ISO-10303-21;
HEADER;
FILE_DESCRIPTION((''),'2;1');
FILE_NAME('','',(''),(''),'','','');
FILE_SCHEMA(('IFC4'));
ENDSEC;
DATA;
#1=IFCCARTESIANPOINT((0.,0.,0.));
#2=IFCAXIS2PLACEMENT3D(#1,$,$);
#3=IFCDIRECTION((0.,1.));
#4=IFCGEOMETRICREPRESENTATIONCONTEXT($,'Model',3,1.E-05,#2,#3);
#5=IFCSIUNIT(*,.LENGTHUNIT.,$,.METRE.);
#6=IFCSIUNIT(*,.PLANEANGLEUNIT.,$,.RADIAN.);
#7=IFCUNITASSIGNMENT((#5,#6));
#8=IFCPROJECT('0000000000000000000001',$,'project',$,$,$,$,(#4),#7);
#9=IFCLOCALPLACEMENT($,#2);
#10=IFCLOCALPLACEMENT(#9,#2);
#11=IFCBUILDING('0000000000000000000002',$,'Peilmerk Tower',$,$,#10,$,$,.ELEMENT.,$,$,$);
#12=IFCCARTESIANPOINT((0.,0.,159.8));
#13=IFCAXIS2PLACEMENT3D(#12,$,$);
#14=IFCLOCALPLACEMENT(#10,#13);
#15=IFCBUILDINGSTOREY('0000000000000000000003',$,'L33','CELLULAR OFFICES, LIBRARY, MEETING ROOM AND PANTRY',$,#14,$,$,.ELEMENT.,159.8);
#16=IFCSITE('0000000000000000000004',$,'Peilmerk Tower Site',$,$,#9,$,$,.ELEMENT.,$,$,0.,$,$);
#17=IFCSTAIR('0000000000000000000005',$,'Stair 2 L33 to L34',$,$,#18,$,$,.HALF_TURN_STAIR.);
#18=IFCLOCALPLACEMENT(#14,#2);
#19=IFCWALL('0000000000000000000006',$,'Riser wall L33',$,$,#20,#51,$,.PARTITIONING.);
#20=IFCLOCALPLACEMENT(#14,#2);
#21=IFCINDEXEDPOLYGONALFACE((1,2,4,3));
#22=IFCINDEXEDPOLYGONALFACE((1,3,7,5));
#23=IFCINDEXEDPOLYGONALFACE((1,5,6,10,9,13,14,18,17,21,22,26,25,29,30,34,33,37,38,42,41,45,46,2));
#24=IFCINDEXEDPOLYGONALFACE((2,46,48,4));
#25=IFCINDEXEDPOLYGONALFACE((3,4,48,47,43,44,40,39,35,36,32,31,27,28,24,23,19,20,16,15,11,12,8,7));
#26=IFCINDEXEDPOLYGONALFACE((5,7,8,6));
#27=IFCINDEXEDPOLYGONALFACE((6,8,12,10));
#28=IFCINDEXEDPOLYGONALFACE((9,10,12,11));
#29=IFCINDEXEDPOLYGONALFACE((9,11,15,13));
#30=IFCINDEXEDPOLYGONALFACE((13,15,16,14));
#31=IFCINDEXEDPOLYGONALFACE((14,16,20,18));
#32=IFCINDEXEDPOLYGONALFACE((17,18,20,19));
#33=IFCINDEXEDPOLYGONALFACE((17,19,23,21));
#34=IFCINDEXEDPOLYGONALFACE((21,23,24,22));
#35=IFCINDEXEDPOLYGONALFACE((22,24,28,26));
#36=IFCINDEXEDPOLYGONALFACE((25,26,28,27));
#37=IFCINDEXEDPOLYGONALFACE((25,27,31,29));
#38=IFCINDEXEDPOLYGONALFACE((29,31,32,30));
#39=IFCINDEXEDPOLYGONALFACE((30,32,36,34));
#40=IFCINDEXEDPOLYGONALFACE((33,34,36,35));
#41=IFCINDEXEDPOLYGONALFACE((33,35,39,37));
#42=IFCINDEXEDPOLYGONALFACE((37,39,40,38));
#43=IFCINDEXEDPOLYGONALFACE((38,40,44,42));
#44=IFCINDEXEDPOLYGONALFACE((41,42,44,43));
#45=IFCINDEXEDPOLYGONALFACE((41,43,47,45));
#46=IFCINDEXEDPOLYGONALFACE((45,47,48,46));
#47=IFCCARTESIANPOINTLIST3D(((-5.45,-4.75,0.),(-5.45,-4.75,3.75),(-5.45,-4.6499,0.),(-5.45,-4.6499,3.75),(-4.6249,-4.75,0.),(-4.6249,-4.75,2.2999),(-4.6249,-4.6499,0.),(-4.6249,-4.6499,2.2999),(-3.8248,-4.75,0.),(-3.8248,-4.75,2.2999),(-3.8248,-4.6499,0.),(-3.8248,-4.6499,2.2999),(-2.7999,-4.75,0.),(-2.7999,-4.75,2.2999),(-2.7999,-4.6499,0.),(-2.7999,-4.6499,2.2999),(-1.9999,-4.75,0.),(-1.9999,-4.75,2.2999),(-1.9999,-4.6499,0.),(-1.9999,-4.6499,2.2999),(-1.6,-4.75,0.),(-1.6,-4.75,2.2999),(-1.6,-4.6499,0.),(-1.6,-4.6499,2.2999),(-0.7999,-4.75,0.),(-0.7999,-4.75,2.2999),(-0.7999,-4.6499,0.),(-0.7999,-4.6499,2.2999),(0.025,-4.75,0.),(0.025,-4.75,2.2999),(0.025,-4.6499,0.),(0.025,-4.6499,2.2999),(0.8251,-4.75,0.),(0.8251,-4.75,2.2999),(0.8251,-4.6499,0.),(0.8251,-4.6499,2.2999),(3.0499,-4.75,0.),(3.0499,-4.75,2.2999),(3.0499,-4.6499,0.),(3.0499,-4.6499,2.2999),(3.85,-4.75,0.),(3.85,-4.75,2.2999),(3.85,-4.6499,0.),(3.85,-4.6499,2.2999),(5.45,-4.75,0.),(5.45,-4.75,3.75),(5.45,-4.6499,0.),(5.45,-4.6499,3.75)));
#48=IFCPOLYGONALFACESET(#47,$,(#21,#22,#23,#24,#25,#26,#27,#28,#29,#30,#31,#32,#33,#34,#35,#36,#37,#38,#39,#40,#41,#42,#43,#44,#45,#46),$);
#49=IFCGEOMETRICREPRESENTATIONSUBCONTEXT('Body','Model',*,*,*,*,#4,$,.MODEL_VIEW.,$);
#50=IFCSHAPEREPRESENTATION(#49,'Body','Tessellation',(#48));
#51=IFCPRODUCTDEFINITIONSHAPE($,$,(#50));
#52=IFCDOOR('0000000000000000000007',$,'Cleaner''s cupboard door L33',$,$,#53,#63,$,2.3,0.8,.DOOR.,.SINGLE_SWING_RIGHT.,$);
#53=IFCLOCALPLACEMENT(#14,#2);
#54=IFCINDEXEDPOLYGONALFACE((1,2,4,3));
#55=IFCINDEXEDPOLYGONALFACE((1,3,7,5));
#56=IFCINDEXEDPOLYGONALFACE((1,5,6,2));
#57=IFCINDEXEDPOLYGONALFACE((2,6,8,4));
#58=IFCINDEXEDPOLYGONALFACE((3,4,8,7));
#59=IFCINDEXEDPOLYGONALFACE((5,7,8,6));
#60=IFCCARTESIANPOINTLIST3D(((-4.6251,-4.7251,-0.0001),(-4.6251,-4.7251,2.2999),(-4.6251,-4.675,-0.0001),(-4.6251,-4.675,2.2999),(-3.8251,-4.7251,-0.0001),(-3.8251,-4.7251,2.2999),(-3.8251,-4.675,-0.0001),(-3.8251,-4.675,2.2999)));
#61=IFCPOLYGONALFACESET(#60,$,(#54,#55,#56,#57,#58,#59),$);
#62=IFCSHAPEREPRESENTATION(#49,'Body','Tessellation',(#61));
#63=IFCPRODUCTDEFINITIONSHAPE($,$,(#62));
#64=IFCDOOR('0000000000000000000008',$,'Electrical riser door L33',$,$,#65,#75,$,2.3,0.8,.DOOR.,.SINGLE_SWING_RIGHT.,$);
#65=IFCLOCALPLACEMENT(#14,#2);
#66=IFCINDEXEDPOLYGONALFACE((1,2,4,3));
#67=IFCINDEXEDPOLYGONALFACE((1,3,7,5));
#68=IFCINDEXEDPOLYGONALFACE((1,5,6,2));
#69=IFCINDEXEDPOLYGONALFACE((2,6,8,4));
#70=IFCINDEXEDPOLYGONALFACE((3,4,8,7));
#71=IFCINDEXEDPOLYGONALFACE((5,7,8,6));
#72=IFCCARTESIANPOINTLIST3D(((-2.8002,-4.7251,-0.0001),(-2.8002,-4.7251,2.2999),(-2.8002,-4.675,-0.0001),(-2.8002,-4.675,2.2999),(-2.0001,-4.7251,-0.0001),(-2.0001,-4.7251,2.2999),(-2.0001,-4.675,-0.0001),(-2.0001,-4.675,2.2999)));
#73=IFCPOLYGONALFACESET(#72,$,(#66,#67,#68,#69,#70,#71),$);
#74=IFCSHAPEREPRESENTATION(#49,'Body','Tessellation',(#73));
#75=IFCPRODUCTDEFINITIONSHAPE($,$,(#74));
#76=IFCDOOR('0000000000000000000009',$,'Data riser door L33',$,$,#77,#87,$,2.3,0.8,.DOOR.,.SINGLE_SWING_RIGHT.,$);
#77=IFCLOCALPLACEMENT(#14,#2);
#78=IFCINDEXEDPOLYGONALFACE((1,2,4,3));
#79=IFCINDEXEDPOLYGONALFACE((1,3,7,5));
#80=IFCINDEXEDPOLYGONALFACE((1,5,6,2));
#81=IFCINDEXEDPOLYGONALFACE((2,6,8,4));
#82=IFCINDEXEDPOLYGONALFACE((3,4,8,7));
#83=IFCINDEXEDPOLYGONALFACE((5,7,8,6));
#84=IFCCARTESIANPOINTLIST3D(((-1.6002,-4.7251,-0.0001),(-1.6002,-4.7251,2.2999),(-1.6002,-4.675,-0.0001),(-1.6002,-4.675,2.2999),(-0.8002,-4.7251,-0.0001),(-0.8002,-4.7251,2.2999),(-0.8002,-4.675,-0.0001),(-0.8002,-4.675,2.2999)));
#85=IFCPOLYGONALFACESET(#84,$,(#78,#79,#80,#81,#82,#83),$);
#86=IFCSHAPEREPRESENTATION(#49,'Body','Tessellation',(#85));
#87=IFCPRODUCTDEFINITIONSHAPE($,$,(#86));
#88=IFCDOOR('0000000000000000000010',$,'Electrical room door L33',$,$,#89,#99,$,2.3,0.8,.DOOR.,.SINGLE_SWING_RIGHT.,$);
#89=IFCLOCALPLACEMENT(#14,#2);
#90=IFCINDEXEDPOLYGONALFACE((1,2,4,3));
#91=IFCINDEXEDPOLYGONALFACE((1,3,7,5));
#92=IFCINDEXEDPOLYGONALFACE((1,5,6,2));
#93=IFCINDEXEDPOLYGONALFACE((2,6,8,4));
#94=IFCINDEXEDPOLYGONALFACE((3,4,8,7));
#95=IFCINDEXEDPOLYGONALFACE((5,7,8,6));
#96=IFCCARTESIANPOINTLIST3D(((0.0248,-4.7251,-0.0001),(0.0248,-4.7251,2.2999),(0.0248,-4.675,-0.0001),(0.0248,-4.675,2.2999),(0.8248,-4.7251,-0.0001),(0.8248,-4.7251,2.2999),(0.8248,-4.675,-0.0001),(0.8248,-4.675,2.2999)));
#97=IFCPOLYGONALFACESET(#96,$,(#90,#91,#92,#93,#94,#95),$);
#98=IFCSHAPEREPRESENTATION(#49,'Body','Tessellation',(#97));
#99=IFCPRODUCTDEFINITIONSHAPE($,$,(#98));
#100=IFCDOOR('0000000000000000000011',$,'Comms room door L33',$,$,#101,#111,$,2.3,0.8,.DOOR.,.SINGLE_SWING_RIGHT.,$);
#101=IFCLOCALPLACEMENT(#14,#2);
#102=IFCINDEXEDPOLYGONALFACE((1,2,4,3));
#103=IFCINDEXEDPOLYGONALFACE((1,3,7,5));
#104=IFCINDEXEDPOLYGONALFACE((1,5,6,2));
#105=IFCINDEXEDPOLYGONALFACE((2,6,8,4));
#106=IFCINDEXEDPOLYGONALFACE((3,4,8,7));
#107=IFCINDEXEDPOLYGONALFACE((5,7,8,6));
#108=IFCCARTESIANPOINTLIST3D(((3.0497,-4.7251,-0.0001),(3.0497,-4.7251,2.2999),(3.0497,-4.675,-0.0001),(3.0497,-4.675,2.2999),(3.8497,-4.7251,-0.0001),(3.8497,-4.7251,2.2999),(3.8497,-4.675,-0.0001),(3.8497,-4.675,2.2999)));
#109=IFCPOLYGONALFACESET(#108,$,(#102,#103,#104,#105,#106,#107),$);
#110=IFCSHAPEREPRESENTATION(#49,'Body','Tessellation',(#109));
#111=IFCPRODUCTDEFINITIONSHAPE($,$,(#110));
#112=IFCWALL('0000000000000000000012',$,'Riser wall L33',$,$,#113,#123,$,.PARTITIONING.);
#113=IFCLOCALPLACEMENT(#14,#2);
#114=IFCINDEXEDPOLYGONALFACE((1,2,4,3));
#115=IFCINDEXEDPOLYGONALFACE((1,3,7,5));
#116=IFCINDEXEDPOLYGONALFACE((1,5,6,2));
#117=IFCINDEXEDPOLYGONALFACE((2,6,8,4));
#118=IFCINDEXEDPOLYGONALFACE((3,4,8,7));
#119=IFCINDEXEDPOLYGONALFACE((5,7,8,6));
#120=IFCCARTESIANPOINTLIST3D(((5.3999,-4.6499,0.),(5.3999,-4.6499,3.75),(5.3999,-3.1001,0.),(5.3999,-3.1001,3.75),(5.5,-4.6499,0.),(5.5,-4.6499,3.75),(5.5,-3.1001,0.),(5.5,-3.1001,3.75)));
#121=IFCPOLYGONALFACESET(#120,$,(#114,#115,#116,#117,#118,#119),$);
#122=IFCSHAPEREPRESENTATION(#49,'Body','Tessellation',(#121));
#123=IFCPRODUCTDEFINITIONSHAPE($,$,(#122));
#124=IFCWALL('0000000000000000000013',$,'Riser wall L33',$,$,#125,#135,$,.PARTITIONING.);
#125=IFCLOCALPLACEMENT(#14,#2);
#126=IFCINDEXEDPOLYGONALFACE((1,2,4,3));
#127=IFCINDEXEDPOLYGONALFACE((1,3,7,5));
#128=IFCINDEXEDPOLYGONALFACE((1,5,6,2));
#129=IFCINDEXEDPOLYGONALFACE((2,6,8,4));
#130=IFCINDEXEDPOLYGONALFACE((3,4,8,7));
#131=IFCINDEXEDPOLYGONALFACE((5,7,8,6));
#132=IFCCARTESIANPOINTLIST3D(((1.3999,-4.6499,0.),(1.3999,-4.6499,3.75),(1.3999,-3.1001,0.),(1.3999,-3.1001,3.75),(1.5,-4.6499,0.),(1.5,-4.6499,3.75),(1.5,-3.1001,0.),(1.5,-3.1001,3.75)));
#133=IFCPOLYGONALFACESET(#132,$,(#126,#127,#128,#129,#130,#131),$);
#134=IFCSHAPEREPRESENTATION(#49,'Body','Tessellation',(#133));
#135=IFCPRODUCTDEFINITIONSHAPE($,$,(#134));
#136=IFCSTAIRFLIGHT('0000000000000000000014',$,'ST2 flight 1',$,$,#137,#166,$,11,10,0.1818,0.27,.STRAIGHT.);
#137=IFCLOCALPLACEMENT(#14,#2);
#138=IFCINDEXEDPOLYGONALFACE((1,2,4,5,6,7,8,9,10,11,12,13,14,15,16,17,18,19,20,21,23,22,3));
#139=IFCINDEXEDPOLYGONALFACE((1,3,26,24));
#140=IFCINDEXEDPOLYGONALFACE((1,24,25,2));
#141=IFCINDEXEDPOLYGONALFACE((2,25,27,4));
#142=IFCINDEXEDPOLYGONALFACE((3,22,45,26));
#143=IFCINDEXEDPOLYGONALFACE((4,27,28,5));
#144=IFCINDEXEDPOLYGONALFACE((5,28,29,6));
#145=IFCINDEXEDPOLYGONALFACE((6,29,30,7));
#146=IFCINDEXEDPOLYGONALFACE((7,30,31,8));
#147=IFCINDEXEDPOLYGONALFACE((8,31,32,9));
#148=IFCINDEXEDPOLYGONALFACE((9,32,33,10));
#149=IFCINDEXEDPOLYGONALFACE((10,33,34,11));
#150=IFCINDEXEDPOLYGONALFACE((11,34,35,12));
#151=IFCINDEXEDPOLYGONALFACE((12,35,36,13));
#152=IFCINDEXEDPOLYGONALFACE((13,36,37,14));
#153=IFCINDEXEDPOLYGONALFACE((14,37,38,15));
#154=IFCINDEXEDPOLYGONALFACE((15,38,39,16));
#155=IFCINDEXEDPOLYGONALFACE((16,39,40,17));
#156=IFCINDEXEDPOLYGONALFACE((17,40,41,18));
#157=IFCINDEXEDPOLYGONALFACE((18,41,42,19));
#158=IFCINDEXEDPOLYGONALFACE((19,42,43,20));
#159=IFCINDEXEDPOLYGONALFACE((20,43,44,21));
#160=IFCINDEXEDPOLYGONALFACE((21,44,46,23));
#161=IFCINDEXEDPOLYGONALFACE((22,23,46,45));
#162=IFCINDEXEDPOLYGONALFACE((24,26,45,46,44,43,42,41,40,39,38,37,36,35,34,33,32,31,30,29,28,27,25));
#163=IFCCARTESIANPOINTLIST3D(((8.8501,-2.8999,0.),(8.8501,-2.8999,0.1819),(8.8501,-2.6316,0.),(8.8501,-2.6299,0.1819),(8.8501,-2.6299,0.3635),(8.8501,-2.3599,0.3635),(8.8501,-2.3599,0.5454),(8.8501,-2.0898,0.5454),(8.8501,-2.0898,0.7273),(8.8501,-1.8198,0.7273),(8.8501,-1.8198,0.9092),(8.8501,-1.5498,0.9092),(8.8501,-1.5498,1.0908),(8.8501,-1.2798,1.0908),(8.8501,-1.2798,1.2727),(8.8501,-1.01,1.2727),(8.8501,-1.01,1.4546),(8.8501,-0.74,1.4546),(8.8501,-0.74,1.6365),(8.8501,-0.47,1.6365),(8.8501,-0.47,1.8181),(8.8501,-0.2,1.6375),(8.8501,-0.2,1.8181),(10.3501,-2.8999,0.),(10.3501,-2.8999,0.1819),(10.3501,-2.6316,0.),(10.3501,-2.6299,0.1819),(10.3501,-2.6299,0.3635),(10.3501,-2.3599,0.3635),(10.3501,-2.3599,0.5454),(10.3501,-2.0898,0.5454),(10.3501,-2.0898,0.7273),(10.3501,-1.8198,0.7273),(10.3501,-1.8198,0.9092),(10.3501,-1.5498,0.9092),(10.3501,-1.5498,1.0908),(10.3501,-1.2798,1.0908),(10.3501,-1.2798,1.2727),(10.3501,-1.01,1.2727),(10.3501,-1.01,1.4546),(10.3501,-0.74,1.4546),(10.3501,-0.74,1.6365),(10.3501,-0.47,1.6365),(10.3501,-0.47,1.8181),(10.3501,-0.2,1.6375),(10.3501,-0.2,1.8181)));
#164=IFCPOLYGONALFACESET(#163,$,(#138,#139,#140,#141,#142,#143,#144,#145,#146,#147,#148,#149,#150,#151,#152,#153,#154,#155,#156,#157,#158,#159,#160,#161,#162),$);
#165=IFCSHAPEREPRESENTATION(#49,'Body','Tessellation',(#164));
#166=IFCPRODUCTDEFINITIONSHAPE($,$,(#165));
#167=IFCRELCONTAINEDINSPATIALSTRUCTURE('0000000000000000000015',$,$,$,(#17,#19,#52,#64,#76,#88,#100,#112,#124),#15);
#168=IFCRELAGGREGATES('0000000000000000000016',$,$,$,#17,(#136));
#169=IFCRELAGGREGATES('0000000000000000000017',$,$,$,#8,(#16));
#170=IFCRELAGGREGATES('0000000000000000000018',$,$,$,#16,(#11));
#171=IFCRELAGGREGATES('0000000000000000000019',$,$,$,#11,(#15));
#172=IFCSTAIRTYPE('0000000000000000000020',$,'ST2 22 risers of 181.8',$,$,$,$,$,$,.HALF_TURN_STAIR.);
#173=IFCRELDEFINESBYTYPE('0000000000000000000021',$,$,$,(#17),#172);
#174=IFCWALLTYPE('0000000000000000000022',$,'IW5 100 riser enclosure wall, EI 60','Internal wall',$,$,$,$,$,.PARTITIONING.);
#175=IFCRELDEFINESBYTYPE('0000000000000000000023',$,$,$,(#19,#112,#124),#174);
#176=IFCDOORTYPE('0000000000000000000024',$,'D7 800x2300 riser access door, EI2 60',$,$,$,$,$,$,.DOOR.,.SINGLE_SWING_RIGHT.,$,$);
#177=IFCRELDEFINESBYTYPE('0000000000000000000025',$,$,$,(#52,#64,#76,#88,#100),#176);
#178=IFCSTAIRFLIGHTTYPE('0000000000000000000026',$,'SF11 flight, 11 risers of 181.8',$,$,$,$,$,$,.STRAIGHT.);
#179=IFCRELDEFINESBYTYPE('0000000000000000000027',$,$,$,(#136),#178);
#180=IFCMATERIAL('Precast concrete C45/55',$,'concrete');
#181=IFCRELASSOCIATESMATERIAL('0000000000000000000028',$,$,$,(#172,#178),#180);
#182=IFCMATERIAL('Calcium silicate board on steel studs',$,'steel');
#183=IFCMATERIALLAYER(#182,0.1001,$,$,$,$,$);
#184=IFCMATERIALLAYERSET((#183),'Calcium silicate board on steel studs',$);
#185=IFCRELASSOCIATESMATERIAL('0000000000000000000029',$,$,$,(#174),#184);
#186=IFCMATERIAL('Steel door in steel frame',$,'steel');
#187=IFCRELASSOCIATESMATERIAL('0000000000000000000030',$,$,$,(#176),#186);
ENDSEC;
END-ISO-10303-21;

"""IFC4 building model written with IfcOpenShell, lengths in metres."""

from ifc_helpers import new_model, si_unit, direction, frame, frame_2d, origin, place, context, subcontext, project, spatial, polyline, rectangle, outline, extrude, material, layer, layer_set, type_object, element, fill, aggregate, save


model = new_model("IFC4")

# Units and contexts
model_context = context("Model", 3, precision=1e-05, world=origin(), true_north=direction((0.0, 1.0)))
body_context = subcontext(model_context, "Body", "Model", "MODEL_VIEW")
ifc_project = project(units=[si_unit("LENGTHUNIT", "METRE"), si_unit("PLANEANGLEUNIT", "RADIAN")], contexts=[model_context])

# Site, building, storey
site_placement = place(None, origin())
site = spatial("IfcSite", under=ifc_project, at=site_placement, Name="Peilmerk Tower Site", CompositionType="ELEMENT", RefElevation=0.0)
building_placement = place(site_placement, origin())
building = spatial("IfcBuilding", under=site, at=building_placement, Name="Peilmerk Tower", CompositionType="ELEMENT")
storey_placement = place(building_placement, frame((0.0, 0.0, 159.8)))
storey = spatial("IfcBuildingStorey", under=building, at=storey_placement, Name="L33", Description="CELLULAR OFFICES, LIBRARY, MEETING ROOM AND PANTRY", CompositionType="ELEMENT", Elevation=159.8)

# Stair
ifc_material_1 = material(Name="Precast concrete C45/55", Category="concrete")
stair_type_1 = type_object("IfcStairType", Name="ST2 22 risers of 181.8", PredefinedType="HALF_TURN_STAIR", material=ifc_material_1)
stair_1_placement = place(storey_placement, origin())
stair_1 = element("IfcStair", 1, at=stair_1_placement, inside=storey, type_object=stair_type_1, Name="Stair 2 L33 to L34", PredefinedType="HALF_TURN_STAIR")

# Shared definitions
ifc_material_2 = material(Name="Steel door in steel frame", Category="steel")

# Shared definitions
ifc_material_3 = material(Name="Calcium silicate board on steel studs", Category="steel")
ifc_layer_1 = layer(ifc_material_3, 0.1001)
ifc_layer_set_1 = layer_set([ifc_layer_1], Name="Calcium silicate board on steel studs")
wall_type_1 = type_object("IfcWallType", Name="IW5 100 riser enclosure wall, EI 60", Description="Internal wall", PredefinedType="PARTITIONING", material=ifc_layer_set_1)

# Wall, openings, doors
wall_1_placement = place(storey_placement, frame((5.45, -4.7, 0.0), z_axis=(0.0, 0.0, 1.0), x_axis=(-1.0, 0.0, 0.0)))
wall_1 = element("IfcWall", 2, at=wall_1_placement, inside=storey, type_object=wall_type_1, Name="Riser wall L33", PredefinedType="PARTITIONING", context=body_context, shape_type="SweptSolid", body=[
    extrude(rectangle(XDim=10.8999, YDim=0.1001, at=frame_2d((5.45, 0.0))), origin(), (0.0, 0.0, 1.0), 3.75),
])
opening_1_placement = place(wall_1_placement, frame((9.2749, 0.0, 0.0)))
opening_1 = element("IfcOpeningElement", 3, at=opening_1_placement, cuts=wall_1, PredefinedType="OPENING", context=body_context, shape_type="SweptSolid", body=[
    extrude(rectangle(XDim=0.8, YDim=2.3, at=frame_2d((0.3999, 1.1499))), frame((0.0, 0.0601, 0.0), z_axis=(0.0, -1.0, 0.0), x_axis=(1.0, 0.0, 0.0)), (0.0, 0.0, 1.0), 0.1201),
])
opening_2_placement = place(wall_1_placement, frame((7.45, 0.0, 0.0)))
opening_2 = element("IfcOpeningElement", 4, at=opening_2_placement, cuts=wall_1, PredefinedType="OPENING", context=body_context, shape_type="SweptSolid", body=[
    extrude(rectangle(XDim=0.8, YDim=2.3, at=frame_2d((0.3999, 1.1499))), frame((0.0, 0.0601, 0.0), z_axis=(0.0, -1.0, 0.0), x_axis=(1.0, 0.0, 0.0)), (0.0, 0.0, 1.0), 0.1201),
])
opening_3_placement = place(wall_1_placement, frame((6.25, 0.0, 0.0)))
opening_3 = element("IfcOpeningElement", 5, at=opening_3_placement, cuts=wall_1, PredefinedType="OPENING", context=body_context, shape_type="SweptSolid", body=[
    extrude(rectangle(XDim=0.8, YDim=2.3, at=frame_2d((0.3999, 1.1499))), frame((0.0, 0.0601, 0.0), z_axis=(0.0, -1.0, 0.0), x_axis=(1.0, 0.0, 0.0)), (0.0, 0.0, 1.0), 0.1201),
])
opening_4_placement = place(wall_1_placement, frame((4.625, 0.0, 0.0)))
opening_4 = element("IfcOpeningElement", 6, at=opening_4_placement, cuts=wall_1, PredefinedType="OPENING", context=body_context, shape_type="SweptSolid", body=[
    extrude(rectangle(XDim=0.8, YDim=2.3, at=frame_2d((0.3999, 1.1499))), frame((0.0, 0.0601, 0.0), z_axis=(0.0, -1.0, 0.0), x_axis=(1.0, 0.0, 0.0)), (0.0, 0.0, 1.0), 0.1201),
])
opening_5_placement = place(wall_1_placement, frame((1.6001, 0.0, 0.0)))
opening_5 = element("IfcOpeningElement", 7, at=opening_5_placement, cuts=wall_1, PredefinedType="OPENING", context=body_context, shape_type="SweptSolid", body=[
    extrude(rectangle(XDim=0.8, YDim=2.3, at=frame_2d((0.3999, 1.1499))), frame((0.0, 0.0601, 0.0), z_axis=(0.0, -1.0, 0.0), x_axis=(1.0, 0.0, 0.0)), (0.0, 0.0, 1.0), 0.1201),
])
door_type_1 = type_object("IfcDoorType", Name="D7 800x2300 riser access door, EI2 60", OperationType="SINGLE_SWING_RIGHT", PredefinedType="DOOR", material=ifc_material_2)
door_1_placement = place(opening_1_placement, frame((0.8, 0.0, 0.0), z_axis=(0.0, 0.0, 1.0), x_axis=(-1.0, 0.0, 0.0)))
door_1 = element("IfcDoor", 8, at=door_1_placement, inside=storey, type_object=door_type_1, Name="Cleaner's cupboard door L33", OperationType="SINGLE_SWING_RIGHT", OverallHeight=2.3, OverallWidth=0.8, PredefinedType="DOOR", context=body_context, shape_type="SweptSolid", body=[
    extrude(rectangle(XDim=0.8, YDim=2.3, at=frame_2d((0.3999, 1.1499))), frame((0.0, 0.0249, 0.0), z_axis=(0.0, -1.0, 0.0), x_axis=(1.0, 0.0, 0.0)), (0.0, 0.0, 1.0), 0.05),
])
fill(opening_1, door_1)
door_2_placement = place(opening_2_placement, frame((0.8, 0.0, 0.0), z_axis=(0.0, 0.0, 1.0), x_axis=(-1.0, 0.0, 0.0)))
door_2 = element("IfcDoor", 9, at=door_2_placement, inside=storey, type_object=door_type_1, Name="Electrical riser door L33", OperationType="SINGLE_SWING_RIGHT", OverallHeight=2.3, OverallWidth=0.8, PredefinedType="DOOR", context=body_context, shape_type="SweptSolid", body=[
    extrude(rectangle(XDim=0.8, YDim=2.3, at=frame_2d((0.3999, 1.1499))), frame((0.0, 0.0249, 0.0), z_axis=(0.0, -1.0, 0.0), x_axis=(1.0, 0.0, 0.0)), (0.0, 0.0, 1.0), 0.05),
])
fill(opening_2, door_2)
door_3_placement = place(opening_3_placement, frame((0.8, 0.0, 0.0), z_axis=(0.0, 0.0, 1.0), x_axis=(-1.0, 0.0, 0.0)))
door_3 = element("IfcDoor", 10, at=door_3_placement, inside=storey, type_object=door_type_1, Name="Data riser door L33", OperationType="SINGLE_SWING_RIGHT", OverallHeight=2.3, OverallWidth=0.8, PredefinedType="DOOR", context=body_context, shape_type="SweptSolid", body=[
    extrude(rectangle(XDim=0.8, YDim=2.3, at=frame_2d((0.3999, 1.1499))), frame((0.0, 0.0249, 0.0), z_axis=(0.0, -1.0, 0.0), x_axis=(1.0, 0.0, 0.0)), (0.0, 0.0, 1.0), 0.05),
])
fill(opening_3, door_3)
door_4_placement = place(opening_4_placement, frame((0.8, 0.0, 0.0), z_axis=(0.0, 0.0, 1.0), x_axis=(-1.0, 0.0, 0.0)))
door_4 = element("IfcDoor", 11, at=door_4_placement, inside=storey, type_object=door_type_1, Name="Electrical room door L33", OperationType="SINGLE_SWING_RIGHT", OverallHeight=2.3, OverallWidth=0.8, PredefinedType="DOOR", context=body_context, shape_type="SweptSolid", body=[
    extrude(rectangle(XDim=0.8, YDim=2.3, at=frame_2d((0.3999, 1.1499))), frame((0.0, 0.0249, 0.0), z_axis=(0.0, -1.0, 0.0), x_axis=(1.0, 0.0, 0.0)), (0.0, 0.0, 1.0), 0.05),
])
fill(opening_4, door_4)
door_5_placement = place(opening_5_placement, frame((0.8, 0.0, 0.0), z_axis=(0.0, 0.0, 1.0), x_axis=(-1.0, 0.0, 0.0)))
door_5 = element("IfcDoor", 12, at=door_5_placement, inside=storey, type_object=door_type_1, Name="Comms room door L33", OperationType="SINGLE_SWING_RIGHT", OverallHeight=2.3, OverallWidth=0.8, PredefinedType="DOOR", context=body_context, shape_type="SweptSolid", body=[
    extrude(rectangle(XDim=0.8, YDim=2.3, at=frame_2d((0.3999, 1.1499))), frame((0.0, 0.0249, 0.0), z_axis=(0.0, -1.0, 0.0), x_axis=(1.0, 0.0, 0.0)), (0.0, 0.0, 1.0), 0.05),
])
fill(opening_5, door_5)

# Walls
for number, where, z_axis, x_axis, name in (
    (13, (5.45, -3.1001, 0.0), (0.0, 0.0, 1.0), (0.0, -1.0, 0.0), "Riser wall L33"),
    (14, (1.45, -3.1001, 0.0), (0.0, 0.0, 1.0), (0.0, -1.0, 0.0), "Riser wall L33"),
):
    element("IfcWall", number, at=place(storey_placement, frame(where, z_axis=z_axis, x_axis=x_axis)), inside=storey, type_object=wall_type_1, Name=name, PredefinedType="PARTITIONING", context=body_context, shape_type="SweptSolid", body=[
        extrude(rectangle(XDim=1.5498, YDim=0.1001, at=frame_2d((0.7749, 0.0))), origin(), (0.0, 0.0, 1.0), 3.75),
    ])

# Stair flight
stair_flight_type = type_object("IfcStairFlightType", Name="SF11 flight, 11 risers of 181.8", PredefinedType="STRAIGHT", material=ifc_material_1)
stair_flight_1_placement = place(storey_placement, frame((9.6001, -2.8999, 0.0), z_axis=(0.0, 0.0, 1.0), x_axis=(0.0, 1.0, 0.0)))
stair_flight_1 = element("IfcStairFlight", 15, at=stair_flight_1_placement, type_object=stair_flight_type, Name="ST2 flight 1", NumberOfRisers=11, NumberOfTreads=10, PredefinedType="STRAIGHT", RiserHeight=0.1818, TreadLength=0.27, context=body_context, shape_type="SweptSolid", body=[
    extrude(outline(polyline([(0.0, 0.0), (0.0, 0.1819), (0.27, 0.1819), (0.27, 0.3635), (0.54, 0.3635), (0.54, 0.5454), (0.8101, 0.5454), (0.8101, 0.7273), (1.0801, 0.7273), (1.0801, 0.9092), (1.3501, 0.9092), (1.3501, 1.0908), (1.6201, 1.0908), (1.6201, 1.2727), (1.8899, 1.2727), (1.8899, 1.4546), (2.1599, 1.4546), (2.1599, 1.6365), (2.4299, 1.6365), (2.4299, 1.8181), (2.7, 1.8181), (2.7, 2.0), (2.7, 1.6375), (0.2683, 0.0), (0.0, 0.0)])), frame((0.0, 0.75, 0.0), z_axis=(0.0, -1.0, 0.0), x_axis=(1.0, 0.0, 0.0)), (0.0, 0.0, 1.0), 1.5),
])
aggregate(stair_1, [stair_flight_1])

save(model, "model.ifc")
